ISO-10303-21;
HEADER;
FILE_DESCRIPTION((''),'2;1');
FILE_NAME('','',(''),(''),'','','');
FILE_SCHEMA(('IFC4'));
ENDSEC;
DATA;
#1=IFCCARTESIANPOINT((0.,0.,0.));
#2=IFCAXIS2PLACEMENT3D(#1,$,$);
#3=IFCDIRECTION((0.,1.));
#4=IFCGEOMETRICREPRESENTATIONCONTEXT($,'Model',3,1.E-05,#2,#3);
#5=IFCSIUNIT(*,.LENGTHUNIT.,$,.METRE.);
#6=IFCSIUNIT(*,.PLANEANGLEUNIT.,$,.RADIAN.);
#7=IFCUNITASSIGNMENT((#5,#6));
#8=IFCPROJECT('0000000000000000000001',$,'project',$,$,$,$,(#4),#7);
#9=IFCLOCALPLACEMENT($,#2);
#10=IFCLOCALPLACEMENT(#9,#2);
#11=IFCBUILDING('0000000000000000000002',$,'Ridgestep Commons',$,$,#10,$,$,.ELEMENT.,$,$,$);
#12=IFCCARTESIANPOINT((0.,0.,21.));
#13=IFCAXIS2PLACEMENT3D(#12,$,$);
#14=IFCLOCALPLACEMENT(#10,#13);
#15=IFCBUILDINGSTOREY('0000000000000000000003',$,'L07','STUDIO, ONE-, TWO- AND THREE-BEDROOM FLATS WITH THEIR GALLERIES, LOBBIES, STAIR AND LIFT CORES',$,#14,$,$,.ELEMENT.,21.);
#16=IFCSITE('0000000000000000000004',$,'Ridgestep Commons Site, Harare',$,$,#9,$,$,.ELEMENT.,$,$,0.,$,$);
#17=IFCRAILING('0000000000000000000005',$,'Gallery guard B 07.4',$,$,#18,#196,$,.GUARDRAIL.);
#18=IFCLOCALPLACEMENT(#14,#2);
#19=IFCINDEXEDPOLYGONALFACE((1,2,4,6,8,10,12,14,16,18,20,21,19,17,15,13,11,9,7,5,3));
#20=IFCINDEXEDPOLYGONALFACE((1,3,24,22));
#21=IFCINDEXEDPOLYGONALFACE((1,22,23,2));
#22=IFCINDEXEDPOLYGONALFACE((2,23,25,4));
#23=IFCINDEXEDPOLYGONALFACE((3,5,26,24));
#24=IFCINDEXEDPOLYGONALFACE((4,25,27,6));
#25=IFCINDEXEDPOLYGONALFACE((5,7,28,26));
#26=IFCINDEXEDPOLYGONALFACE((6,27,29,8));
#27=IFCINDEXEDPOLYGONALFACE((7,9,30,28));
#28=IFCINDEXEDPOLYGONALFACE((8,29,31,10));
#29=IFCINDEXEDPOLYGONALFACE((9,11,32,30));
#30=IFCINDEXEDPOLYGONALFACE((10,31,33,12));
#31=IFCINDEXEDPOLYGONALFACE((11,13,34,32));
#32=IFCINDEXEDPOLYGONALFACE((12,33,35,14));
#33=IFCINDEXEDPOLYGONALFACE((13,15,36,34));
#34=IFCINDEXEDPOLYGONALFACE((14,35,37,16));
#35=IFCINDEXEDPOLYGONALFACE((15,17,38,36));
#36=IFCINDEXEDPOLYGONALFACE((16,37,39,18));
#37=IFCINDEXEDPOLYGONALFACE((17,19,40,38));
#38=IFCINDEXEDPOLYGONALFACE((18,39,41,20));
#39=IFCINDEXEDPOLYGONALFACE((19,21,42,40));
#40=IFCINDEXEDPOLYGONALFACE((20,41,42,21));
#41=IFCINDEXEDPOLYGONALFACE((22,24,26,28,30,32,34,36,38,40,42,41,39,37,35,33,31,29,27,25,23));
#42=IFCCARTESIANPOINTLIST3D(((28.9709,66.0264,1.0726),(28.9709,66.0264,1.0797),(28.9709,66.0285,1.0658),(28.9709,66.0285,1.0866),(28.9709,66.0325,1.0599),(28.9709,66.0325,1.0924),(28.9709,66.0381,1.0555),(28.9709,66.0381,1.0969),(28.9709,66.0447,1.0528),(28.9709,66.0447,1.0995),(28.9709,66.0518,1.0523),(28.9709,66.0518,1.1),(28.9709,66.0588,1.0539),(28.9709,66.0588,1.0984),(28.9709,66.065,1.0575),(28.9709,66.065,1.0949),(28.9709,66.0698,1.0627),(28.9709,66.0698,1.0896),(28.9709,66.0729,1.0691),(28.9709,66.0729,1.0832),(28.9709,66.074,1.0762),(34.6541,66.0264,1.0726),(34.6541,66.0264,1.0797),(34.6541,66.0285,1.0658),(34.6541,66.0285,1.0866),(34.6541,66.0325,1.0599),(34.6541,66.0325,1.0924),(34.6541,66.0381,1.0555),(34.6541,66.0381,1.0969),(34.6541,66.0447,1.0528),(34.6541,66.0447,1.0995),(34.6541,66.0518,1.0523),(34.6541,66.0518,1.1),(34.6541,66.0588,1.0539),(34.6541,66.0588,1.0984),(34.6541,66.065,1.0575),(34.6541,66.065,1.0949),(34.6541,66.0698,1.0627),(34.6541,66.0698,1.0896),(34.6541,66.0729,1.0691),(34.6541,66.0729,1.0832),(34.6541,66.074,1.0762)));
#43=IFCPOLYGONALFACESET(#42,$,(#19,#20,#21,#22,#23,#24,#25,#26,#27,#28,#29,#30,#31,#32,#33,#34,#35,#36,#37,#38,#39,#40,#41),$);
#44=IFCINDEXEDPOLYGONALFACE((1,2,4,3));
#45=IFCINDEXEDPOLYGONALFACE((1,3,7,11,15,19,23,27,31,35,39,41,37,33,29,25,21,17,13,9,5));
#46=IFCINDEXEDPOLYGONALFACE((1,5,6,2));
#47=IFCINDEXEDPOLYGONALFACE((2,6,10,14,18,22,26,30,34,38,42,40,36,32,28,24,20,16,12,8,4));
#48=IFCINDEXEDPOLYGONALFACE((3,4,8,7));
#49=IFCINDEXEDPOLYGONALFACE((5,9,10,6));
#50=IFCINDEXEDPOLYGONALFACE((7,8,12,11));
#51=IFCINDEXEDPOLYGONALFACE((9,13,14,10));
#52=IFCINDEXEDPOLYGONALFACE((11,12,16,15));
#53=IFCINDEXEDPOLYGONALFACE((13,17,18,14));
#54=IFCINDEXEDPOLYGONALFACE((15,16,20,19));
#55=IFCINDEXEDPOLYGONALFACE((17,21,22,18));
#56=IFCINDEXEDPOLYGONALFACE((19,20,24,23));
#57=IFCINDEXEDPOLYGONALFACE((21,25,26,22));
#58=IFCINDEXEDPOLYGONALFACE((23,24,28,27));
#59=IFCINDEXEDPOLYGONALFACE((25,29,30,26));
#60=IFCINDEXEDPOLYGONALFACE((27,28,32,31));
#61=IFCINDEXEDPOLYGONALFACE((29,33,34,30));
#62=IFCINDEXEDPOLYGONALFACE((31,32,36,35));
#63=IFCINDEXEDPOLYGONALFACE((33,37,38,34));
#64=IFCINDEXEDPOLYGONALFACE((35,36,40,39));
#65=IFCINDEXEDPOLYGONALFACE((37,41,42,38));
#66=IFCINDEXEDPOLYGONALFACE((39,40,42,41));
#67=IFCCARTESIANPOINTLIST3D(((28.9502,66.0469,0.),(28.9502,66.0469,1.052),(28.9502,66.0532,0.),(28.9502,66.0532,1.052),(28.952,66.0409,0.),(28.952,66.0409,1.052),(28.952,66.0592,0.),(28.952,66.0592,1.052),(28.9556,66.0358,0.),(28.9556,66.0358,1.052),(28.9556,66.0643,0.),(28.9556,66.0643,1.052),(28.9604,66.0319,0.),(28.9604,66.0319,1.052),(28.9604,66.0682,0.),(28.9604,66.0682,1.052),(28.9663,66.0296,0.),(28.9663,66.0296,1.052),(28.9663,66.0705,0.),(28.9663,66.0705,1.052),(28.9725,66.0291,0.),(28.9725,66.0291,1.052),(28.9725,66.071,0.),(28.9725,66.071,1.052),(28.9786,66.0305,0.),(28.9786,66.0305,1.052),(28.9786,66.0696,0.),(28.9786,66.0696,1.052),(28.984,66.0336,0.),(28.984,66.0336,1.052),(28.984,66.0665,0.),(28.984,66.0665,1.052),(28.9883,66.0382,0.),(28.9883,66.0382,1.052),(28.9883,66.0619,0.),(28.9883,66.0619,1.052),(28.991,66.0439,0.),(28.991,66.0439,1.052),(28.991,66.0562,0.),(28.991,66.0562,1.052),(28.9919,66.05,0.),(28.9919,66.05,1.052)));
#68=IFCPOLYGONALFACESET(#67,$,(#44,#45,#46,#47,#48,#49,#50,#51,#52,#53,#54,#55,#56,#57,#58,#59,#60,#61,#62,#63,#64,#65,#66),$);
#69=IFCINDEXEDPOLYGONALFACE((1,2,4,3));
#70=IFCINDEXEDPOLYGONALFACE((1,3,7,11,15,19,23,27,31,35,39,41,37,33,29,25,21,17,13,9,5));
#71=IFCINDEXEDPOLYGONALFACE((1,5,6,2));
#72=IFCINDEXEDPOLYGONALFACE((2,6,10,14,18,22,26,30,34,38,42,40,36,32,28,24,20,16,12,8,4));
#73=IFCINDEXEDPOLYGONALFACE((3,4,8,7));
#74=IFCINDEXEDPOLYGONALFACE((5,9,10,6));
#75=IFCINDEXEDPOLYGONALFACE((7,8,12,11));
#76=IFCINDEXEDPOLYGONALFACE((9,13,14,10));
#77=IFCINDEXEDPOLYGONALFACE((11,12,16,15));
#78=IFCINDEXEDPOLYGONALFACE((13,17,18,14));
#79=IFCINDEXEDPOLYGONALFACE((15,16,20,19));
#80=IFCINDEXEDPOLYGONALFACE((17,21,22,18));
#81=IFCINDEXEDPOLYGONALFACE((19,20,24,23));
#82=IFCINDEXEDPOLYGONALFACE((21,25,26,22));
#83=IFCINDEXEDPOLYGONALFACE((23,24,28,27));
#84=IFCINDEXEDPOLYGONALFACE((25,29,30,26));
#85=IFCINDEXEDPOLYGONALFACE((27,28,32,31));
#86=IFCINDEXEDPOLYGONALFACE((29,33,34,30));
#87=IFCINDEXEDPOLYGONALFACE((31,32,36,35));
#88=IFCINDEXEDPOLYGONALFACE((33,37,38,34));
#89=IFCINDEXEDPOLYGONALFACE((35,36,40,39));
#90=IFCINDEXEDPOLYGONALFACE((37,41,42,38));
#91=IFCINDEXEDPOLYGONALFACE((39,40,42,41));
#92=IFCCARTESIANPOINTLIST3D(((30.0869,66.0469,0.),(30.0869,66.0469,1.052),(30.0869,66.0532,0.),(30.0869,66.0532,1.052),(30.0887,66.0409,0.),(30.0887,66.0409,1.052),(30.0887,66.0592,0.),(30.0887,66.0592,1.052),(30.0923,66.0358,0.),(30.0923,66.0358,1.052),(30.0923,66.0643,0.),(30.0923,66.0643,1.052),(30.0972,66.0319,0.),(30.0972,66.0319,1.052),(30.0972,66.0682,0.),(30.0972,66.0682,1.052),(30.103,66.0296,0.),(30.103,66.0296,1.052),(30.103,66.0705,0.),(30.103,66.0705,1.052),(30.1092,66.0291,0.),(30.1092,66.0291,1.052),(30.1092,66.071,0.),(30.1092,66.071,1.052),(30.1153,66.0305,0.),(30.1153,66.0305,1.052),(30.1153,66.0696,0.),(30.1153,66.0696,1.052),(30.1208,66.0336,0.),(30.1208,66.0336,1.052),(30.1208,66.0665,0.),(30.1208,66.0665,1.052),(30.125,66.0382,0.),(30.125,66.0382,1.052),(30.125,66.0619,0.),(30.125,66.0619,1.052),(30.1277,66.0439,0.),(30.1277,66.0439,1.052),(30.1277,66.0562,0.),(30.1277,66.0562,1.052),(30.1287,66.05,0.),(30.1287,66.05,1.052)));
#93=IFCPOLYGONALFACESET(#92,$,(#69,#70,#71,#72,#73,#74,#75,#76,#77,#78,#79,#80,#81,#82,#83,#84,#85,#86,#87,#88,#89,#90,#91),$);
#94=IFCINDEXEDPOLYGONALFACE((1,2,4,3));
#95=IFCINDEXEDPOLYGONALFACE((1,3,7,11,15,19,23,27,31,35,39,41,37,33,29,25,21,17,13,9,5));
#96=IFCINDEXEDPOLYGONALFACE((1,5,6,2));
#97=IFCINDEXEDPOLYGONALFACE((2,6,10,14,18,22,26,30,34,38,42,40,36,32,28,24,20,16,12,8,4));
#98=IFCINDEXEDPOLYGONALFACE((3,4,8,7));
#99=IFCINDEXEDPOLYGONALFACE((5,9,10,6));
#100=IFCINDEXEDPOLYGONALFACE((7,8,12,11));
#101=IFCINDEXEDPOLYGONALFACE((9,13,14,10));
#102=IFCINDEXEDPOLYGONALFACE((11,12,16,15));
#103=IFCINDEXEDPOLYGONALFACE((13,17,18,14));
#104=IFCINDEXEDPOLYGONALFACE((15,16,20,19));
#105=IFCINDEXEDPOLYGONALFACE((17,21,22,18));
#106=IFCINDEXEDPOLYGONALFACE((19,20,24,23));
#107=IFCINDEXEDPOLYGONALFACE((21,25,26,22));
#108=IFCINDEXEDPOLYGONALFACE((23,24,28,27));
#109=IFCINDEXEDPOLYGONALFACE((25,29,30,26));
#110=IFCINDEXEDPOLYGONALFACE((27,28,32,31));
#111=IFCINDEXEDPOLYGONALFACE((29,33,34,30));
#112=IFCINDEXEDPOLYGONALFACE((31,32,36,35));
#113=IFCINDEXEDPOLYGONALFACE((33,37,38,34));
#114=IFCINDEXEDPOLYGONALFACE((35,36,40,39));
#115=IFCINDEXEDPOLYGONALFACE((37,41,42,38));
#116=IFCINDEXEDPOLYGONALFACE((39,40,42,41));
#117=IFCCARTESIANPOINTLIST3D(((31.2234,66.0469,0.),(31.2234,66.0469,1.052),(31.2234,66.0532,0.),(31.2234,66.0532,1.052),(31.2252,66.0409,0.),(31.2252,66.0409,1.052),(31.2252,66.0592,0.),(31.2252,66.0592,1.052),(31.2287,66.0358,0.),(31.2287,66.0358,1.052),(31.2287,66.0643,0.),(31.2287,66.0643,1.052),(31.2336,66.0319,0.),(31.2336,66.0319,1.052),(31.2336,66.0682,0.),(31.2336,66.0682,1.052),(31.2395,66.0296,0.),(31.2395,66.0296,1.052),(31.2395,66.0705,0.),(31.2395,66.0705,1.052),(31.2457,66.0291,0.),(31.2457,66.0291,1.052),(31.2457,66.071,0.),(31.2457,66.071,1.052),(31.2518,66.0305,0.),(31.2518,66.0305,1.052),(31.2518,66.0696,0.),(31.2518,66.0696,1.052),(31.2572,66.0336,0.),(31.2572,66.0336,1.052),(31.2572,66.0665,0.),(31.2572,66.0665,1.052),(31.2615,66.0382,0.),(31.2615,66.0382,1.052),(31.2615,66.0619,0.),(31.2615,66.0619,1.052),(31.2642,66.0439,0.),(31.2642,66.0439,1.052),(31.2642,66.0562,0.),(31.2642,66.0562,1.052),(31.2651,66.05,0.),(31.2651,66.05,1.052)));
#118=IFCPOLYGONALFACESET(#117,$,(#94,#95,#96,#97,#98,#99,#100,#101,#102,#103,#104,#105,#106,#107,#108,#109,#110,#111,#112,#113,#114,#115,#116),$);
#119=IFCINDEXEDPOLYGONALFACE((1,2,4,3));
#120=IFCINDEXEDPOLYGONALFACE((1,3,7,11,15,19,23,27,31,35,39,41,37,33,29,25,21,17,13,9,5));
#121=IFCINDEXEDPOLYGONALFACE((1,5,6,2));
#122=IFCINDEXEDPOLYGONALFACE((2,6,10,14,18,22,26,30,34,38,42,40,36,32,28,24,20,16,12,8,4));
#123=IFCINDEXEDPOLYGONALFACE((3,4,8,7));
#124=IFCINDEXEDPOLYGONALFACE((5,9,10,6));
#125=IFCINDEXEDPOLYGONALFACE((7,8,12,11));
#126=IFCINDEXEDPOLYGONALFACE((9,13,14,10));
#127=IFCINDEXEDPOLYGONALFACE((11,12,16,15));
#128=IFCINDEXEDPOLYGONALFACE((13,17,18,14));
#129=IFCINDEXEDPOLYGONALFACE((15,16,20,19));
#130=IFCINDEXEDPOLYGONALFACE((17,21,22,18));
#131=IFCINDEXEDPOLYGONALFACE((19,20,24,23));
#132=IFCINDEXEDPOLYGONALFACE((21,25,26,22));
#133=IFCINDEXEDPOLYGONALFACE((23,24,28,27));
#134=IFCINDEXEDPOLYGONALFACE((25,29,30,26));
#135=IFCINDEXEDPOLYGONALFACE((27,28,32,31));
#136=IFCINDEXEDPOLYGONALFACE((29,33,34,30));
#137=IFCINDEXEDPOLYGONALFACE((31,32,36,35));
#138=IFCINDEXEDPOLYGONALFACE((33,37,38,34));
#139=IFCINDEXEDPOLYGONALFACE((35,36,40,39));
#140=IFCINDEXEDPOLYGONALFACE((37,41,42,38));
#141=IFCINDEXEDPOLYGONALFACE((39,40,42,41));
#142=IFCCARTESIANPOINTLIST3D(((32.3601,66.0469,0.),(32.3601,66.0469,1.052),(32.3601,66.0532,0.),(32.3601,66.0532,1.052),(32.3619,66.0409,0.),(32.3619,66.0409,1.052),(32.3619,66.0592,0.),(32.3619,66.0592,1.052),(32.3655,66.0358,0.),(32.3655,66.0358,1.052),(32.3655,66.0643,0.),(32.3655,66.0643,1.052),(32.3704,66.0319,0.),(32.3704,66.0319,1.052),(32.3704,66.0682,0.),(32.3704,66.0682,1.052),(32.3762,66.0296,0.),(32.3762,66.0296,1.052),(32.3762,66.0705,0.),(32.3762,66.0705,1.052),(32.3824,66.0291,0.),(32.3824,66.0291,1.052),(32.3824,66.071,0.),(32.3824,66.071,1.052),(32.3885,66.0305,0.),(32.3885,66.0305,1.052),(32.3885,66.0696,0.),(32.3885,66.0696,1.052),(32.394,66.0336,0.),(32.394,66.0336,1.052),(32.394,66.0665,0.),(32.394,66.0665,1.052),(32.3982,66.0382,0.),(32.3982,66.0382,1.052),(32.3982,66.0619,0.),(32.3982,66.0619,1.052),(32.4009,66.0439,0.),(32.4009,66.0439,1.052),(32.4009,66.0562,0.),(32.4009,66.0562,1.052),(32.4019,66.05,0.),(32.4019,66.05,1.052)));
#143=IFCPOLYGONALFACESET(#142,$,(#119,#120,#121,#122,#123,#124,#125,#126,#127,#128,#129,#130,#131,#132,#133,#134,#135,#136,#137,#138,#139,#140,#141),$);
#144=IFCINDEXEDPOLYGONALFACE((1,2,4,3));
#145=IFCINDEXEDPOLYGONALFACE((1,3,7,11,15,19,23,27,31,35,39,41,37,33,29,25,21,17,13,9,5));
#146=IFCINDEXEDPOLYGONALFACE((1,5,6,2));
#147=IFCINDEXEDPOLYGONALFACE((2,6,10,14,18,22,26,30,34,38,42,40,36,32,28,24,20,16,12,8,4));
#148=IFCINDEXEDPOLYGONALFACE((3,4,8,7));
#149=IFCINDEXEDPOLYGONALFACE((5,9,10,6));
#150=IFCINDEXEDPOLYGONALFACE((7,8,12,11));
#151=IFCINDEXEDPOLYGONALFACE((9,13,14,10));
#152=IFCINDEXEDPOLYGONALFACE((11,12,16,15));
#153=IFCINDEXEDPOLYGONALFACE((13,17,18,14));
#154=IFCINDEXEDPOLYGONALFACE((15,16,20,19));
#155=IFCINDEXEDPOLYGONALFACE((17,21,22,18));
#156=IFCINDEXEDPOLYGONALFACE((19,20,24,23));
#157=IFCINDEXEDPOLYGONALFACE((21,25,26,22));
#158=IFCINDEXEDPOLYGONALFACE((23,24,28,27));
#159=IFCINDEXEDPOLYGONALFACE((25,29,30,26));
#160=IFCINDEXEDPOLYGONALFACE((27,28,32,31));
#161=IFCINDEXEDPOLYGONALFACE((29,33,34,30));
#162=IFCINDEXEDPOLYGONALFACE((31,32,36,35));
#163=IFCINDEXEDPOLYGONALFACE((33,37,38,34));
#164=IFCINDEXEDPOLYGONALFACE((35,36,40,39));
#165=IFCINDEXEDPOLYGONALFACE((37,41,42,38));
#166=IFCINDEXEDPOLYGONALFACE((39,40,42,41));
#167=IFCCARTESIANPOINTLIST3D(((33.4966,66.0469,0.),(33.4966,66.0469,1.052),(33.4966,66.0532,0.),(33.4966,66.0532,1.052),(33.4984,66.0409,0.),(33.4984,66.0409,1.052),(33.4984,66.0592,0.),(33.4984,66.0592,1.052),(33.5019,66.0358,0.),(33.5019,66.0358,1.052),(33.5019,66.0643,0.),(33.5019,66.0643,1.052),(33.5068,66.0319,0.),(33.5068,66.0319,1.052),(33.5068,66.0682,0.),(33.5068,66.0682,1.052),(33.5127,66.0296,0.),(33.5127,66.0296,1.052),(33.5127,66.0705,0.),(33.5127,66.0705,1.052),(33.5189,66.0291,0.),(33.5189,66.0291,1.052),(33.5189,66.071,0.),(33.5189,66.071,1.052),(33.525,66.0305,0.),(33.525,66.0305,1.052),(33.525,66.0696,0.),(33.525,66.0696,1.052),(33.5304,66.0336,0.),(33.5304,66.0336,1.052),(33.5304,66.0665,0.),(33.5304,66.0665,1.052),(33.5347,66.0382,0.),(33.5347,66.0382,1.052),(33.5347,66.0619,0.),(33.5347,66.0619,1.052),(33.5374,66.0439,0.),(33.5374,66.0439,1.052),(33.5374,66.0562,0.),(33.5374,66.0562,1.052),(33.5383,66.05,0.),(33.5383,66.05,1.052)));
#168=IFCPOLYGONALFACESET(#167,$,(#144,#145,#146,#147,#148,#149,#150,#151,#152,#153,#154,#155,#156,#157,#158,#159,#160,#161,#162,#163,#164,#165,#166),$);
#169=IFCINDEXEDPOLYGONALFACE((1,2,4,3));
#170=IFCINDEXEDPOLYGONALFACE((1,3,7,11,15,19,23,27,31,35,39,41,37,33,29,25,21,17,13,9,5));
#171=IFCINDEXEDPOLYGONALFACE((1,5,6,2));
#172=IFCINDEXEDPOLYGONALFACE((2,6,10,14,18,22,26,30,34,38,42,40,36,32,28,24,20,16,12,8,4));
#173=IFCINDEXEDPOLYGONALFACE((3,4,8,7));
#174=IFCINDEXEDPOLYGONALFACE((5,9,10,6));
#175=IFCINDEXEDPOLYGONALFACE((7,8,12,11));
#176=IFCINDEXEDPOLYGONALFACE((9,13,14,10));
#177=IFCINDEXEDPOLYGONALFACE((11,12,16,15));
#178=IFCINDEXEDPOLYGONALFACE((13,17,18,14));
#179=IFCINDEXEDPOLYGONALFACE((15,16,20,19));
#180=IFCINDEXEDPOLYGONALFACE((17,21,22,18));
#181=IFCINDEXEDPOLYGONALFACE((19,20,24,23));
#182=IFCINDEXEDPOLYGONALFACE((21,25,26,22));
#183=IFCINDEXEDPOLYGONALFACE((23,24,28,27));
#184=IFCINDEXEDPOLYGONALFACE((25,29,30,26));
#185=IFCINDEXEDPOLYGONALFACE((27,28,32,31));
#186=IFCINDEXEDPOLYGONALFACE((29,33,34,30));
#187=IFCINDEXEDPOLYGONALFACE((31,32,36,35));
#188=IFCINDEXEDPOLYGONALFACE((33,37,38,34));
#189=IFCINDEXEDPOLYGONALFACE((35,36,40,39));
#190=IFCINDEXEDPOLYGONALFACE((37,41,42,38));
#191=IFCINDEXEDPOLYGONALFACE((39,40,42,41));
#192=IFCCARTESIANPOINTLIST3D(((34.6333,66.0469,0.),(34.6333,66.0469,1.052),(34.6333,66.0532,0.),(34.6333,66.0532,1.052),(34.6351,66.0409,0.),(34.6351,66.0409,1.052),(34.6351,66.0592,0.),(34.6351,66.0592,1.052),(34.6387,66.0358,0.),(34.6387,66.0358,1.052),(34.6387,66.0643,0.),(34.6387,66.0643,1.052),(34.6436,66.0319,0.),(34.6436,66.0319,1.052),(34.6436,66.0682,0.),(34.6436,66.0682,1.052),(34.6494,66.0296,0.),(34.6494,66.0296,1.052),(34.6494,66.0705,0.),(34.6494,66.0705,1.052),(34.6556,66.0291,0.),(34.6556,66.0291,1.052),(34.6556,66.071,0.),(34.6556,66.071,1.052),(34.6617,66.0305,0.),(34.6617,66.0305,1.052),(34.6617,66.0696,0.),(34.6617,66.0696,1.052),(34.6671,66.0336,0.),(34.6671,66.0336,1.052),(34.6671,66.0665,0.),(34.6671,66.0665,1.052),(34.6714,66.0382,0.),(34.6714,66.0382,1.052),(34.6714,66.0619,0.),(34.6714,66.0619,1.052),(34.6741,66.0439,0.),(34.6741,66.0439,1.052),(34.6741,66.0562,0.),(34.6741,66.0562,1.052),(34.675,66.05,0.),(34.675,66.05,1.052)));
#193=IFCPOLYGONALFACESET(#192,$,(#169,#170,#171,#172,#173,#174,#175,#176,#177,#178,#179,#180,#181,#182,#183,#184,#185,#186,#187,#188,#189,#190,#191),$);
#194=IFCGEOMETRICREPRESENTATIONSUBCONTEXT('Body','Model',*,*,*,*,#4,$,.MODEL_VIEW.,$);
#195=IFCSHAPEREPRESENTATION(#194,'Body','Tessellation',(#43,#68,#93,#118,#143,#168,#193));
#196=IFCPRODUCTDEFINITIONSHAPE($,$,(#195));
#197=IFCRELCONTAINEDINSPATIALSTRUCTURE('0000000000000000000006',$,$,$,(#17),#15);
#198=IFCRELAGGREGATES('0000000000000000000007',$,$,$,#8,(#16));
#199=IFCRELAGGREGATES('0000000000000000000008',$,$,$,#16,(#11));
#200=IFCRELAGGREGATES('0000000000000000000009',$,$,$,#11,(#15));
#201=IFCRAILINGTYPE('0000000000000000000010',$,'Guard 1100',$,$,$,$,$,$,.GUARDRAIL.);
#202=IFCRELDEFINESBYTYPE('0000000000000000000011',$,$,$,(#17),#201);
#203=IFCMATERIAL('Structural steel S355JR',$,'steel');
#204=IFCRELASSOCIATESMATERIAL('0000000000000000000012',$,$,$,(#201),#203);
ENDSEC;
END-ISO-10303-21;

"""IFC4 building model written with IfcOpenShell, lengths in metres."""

from ifc_helpers import new_model, si_unit, direction, frame, origin, origin_2d, place, context, subcontext, project, spatial, circle, extrude, material, type_object, element, save


model = new_model("IFC4")

# Units and contexts
model_context = context("Model", 3, precision=1e-05, world=origin(), true_north=direction((0.0, 1.0)))
body_context = subcontext(model_context, "Body", "Model", "MODEL_VIEW")
ifc_project = project(units=[si_unit("LENGTHUNIT", "METRE"), si_unit("PLANEANGLEUNIT", "RADIAN")], contexts=[model_context])

# Site, building, storey
site_placement = place(None, origin())
site = spatial("IfcSite", under=ifc_project, at=site_placement, Name="Ridgestep Commons Site, Harare", CompositionType="ELEMENT", RefElevation=0.0)
building_placement = place(site_placement, origin())
building = spatial("IfcBuilding", under=site, at=building_placement, Name="Ridgestep Commons", CompositionType="ELEMENT")
storey_placement = place(building_placement, frame((0.0, 0.0, 21.0)))
storey = spatial("IfcBuildingStorey", under=building, at=storey_placement, Name="L07", Description="STUDIO, ONE-, TWO- AND THREE-BEDROOM FLATS WITH THEIR GALLERIES, LOBBIES, STAIR AND LIFT CORES", CompositionType="ELEMENT", Elevation=21.0)

# Railing
ifc_material_1 = material(Name="Structural steel S355JR", Category="steel")
railing_type_1 = type_object("IfcRailingType", Name="Guard 1100", PredefinedType="GUARDRAIL", material=ifc_material_1)
railing_1_placement = place(storey_placement, frame((28.9709, 66.05, 0.0)))
element("IfcRailing", 1, at=railing_1_placement, inside=storey, type_object=railing_type_1, Name="Gallery guard B 07.4", PredefinedType="GUARDRAIL", context=body_context, shape_type="SweptSolid", body=[
    extrude(circle(Radius=0.0239, at=origin_2d()), frame((0.0, 0.0, 1.0762), z_axis=(1.0, 0.0, 0.0), x_axis=(0.0, 1.0, 0.0)), (0.0, 0.0, 1.0), 5.6831),
    extrude(circle(Radius=0.021, at=origin_2d()), origin(), (0.0, 0.0, 1.0), 1.052),
    extrude(circle(Radius=0.021, at=origin_2d()), frame((1.1367, 0.0, 0.0)), (0.0, 0.0, 1.0), 1.052),
    extrude(circle(Radius=0.021, at=origin_2d()), frame((2.2732, 0.0, 0.0)), (0.0, 0.0, 1.0), 1.052),
    extrude(circle(Radius=0.021, at=origin_2d()), frame((3.4099, 0.0, 0.0)), (0.0, 0.0, 1.0), 1.052),
    extrude(circle(Radius=0.021, at=origin_2d()), frame((4.5464, 0.0, 0.0)), (0.0, 0.0, 1.0), 1.052),
    extrude(circle(Radius=0.021, at=origin_2d()), frame((5.6831, 0.0, 0.0)), (0.0, 0.0, 1.0), 1.052),
])

save(model, "model.ifc")
